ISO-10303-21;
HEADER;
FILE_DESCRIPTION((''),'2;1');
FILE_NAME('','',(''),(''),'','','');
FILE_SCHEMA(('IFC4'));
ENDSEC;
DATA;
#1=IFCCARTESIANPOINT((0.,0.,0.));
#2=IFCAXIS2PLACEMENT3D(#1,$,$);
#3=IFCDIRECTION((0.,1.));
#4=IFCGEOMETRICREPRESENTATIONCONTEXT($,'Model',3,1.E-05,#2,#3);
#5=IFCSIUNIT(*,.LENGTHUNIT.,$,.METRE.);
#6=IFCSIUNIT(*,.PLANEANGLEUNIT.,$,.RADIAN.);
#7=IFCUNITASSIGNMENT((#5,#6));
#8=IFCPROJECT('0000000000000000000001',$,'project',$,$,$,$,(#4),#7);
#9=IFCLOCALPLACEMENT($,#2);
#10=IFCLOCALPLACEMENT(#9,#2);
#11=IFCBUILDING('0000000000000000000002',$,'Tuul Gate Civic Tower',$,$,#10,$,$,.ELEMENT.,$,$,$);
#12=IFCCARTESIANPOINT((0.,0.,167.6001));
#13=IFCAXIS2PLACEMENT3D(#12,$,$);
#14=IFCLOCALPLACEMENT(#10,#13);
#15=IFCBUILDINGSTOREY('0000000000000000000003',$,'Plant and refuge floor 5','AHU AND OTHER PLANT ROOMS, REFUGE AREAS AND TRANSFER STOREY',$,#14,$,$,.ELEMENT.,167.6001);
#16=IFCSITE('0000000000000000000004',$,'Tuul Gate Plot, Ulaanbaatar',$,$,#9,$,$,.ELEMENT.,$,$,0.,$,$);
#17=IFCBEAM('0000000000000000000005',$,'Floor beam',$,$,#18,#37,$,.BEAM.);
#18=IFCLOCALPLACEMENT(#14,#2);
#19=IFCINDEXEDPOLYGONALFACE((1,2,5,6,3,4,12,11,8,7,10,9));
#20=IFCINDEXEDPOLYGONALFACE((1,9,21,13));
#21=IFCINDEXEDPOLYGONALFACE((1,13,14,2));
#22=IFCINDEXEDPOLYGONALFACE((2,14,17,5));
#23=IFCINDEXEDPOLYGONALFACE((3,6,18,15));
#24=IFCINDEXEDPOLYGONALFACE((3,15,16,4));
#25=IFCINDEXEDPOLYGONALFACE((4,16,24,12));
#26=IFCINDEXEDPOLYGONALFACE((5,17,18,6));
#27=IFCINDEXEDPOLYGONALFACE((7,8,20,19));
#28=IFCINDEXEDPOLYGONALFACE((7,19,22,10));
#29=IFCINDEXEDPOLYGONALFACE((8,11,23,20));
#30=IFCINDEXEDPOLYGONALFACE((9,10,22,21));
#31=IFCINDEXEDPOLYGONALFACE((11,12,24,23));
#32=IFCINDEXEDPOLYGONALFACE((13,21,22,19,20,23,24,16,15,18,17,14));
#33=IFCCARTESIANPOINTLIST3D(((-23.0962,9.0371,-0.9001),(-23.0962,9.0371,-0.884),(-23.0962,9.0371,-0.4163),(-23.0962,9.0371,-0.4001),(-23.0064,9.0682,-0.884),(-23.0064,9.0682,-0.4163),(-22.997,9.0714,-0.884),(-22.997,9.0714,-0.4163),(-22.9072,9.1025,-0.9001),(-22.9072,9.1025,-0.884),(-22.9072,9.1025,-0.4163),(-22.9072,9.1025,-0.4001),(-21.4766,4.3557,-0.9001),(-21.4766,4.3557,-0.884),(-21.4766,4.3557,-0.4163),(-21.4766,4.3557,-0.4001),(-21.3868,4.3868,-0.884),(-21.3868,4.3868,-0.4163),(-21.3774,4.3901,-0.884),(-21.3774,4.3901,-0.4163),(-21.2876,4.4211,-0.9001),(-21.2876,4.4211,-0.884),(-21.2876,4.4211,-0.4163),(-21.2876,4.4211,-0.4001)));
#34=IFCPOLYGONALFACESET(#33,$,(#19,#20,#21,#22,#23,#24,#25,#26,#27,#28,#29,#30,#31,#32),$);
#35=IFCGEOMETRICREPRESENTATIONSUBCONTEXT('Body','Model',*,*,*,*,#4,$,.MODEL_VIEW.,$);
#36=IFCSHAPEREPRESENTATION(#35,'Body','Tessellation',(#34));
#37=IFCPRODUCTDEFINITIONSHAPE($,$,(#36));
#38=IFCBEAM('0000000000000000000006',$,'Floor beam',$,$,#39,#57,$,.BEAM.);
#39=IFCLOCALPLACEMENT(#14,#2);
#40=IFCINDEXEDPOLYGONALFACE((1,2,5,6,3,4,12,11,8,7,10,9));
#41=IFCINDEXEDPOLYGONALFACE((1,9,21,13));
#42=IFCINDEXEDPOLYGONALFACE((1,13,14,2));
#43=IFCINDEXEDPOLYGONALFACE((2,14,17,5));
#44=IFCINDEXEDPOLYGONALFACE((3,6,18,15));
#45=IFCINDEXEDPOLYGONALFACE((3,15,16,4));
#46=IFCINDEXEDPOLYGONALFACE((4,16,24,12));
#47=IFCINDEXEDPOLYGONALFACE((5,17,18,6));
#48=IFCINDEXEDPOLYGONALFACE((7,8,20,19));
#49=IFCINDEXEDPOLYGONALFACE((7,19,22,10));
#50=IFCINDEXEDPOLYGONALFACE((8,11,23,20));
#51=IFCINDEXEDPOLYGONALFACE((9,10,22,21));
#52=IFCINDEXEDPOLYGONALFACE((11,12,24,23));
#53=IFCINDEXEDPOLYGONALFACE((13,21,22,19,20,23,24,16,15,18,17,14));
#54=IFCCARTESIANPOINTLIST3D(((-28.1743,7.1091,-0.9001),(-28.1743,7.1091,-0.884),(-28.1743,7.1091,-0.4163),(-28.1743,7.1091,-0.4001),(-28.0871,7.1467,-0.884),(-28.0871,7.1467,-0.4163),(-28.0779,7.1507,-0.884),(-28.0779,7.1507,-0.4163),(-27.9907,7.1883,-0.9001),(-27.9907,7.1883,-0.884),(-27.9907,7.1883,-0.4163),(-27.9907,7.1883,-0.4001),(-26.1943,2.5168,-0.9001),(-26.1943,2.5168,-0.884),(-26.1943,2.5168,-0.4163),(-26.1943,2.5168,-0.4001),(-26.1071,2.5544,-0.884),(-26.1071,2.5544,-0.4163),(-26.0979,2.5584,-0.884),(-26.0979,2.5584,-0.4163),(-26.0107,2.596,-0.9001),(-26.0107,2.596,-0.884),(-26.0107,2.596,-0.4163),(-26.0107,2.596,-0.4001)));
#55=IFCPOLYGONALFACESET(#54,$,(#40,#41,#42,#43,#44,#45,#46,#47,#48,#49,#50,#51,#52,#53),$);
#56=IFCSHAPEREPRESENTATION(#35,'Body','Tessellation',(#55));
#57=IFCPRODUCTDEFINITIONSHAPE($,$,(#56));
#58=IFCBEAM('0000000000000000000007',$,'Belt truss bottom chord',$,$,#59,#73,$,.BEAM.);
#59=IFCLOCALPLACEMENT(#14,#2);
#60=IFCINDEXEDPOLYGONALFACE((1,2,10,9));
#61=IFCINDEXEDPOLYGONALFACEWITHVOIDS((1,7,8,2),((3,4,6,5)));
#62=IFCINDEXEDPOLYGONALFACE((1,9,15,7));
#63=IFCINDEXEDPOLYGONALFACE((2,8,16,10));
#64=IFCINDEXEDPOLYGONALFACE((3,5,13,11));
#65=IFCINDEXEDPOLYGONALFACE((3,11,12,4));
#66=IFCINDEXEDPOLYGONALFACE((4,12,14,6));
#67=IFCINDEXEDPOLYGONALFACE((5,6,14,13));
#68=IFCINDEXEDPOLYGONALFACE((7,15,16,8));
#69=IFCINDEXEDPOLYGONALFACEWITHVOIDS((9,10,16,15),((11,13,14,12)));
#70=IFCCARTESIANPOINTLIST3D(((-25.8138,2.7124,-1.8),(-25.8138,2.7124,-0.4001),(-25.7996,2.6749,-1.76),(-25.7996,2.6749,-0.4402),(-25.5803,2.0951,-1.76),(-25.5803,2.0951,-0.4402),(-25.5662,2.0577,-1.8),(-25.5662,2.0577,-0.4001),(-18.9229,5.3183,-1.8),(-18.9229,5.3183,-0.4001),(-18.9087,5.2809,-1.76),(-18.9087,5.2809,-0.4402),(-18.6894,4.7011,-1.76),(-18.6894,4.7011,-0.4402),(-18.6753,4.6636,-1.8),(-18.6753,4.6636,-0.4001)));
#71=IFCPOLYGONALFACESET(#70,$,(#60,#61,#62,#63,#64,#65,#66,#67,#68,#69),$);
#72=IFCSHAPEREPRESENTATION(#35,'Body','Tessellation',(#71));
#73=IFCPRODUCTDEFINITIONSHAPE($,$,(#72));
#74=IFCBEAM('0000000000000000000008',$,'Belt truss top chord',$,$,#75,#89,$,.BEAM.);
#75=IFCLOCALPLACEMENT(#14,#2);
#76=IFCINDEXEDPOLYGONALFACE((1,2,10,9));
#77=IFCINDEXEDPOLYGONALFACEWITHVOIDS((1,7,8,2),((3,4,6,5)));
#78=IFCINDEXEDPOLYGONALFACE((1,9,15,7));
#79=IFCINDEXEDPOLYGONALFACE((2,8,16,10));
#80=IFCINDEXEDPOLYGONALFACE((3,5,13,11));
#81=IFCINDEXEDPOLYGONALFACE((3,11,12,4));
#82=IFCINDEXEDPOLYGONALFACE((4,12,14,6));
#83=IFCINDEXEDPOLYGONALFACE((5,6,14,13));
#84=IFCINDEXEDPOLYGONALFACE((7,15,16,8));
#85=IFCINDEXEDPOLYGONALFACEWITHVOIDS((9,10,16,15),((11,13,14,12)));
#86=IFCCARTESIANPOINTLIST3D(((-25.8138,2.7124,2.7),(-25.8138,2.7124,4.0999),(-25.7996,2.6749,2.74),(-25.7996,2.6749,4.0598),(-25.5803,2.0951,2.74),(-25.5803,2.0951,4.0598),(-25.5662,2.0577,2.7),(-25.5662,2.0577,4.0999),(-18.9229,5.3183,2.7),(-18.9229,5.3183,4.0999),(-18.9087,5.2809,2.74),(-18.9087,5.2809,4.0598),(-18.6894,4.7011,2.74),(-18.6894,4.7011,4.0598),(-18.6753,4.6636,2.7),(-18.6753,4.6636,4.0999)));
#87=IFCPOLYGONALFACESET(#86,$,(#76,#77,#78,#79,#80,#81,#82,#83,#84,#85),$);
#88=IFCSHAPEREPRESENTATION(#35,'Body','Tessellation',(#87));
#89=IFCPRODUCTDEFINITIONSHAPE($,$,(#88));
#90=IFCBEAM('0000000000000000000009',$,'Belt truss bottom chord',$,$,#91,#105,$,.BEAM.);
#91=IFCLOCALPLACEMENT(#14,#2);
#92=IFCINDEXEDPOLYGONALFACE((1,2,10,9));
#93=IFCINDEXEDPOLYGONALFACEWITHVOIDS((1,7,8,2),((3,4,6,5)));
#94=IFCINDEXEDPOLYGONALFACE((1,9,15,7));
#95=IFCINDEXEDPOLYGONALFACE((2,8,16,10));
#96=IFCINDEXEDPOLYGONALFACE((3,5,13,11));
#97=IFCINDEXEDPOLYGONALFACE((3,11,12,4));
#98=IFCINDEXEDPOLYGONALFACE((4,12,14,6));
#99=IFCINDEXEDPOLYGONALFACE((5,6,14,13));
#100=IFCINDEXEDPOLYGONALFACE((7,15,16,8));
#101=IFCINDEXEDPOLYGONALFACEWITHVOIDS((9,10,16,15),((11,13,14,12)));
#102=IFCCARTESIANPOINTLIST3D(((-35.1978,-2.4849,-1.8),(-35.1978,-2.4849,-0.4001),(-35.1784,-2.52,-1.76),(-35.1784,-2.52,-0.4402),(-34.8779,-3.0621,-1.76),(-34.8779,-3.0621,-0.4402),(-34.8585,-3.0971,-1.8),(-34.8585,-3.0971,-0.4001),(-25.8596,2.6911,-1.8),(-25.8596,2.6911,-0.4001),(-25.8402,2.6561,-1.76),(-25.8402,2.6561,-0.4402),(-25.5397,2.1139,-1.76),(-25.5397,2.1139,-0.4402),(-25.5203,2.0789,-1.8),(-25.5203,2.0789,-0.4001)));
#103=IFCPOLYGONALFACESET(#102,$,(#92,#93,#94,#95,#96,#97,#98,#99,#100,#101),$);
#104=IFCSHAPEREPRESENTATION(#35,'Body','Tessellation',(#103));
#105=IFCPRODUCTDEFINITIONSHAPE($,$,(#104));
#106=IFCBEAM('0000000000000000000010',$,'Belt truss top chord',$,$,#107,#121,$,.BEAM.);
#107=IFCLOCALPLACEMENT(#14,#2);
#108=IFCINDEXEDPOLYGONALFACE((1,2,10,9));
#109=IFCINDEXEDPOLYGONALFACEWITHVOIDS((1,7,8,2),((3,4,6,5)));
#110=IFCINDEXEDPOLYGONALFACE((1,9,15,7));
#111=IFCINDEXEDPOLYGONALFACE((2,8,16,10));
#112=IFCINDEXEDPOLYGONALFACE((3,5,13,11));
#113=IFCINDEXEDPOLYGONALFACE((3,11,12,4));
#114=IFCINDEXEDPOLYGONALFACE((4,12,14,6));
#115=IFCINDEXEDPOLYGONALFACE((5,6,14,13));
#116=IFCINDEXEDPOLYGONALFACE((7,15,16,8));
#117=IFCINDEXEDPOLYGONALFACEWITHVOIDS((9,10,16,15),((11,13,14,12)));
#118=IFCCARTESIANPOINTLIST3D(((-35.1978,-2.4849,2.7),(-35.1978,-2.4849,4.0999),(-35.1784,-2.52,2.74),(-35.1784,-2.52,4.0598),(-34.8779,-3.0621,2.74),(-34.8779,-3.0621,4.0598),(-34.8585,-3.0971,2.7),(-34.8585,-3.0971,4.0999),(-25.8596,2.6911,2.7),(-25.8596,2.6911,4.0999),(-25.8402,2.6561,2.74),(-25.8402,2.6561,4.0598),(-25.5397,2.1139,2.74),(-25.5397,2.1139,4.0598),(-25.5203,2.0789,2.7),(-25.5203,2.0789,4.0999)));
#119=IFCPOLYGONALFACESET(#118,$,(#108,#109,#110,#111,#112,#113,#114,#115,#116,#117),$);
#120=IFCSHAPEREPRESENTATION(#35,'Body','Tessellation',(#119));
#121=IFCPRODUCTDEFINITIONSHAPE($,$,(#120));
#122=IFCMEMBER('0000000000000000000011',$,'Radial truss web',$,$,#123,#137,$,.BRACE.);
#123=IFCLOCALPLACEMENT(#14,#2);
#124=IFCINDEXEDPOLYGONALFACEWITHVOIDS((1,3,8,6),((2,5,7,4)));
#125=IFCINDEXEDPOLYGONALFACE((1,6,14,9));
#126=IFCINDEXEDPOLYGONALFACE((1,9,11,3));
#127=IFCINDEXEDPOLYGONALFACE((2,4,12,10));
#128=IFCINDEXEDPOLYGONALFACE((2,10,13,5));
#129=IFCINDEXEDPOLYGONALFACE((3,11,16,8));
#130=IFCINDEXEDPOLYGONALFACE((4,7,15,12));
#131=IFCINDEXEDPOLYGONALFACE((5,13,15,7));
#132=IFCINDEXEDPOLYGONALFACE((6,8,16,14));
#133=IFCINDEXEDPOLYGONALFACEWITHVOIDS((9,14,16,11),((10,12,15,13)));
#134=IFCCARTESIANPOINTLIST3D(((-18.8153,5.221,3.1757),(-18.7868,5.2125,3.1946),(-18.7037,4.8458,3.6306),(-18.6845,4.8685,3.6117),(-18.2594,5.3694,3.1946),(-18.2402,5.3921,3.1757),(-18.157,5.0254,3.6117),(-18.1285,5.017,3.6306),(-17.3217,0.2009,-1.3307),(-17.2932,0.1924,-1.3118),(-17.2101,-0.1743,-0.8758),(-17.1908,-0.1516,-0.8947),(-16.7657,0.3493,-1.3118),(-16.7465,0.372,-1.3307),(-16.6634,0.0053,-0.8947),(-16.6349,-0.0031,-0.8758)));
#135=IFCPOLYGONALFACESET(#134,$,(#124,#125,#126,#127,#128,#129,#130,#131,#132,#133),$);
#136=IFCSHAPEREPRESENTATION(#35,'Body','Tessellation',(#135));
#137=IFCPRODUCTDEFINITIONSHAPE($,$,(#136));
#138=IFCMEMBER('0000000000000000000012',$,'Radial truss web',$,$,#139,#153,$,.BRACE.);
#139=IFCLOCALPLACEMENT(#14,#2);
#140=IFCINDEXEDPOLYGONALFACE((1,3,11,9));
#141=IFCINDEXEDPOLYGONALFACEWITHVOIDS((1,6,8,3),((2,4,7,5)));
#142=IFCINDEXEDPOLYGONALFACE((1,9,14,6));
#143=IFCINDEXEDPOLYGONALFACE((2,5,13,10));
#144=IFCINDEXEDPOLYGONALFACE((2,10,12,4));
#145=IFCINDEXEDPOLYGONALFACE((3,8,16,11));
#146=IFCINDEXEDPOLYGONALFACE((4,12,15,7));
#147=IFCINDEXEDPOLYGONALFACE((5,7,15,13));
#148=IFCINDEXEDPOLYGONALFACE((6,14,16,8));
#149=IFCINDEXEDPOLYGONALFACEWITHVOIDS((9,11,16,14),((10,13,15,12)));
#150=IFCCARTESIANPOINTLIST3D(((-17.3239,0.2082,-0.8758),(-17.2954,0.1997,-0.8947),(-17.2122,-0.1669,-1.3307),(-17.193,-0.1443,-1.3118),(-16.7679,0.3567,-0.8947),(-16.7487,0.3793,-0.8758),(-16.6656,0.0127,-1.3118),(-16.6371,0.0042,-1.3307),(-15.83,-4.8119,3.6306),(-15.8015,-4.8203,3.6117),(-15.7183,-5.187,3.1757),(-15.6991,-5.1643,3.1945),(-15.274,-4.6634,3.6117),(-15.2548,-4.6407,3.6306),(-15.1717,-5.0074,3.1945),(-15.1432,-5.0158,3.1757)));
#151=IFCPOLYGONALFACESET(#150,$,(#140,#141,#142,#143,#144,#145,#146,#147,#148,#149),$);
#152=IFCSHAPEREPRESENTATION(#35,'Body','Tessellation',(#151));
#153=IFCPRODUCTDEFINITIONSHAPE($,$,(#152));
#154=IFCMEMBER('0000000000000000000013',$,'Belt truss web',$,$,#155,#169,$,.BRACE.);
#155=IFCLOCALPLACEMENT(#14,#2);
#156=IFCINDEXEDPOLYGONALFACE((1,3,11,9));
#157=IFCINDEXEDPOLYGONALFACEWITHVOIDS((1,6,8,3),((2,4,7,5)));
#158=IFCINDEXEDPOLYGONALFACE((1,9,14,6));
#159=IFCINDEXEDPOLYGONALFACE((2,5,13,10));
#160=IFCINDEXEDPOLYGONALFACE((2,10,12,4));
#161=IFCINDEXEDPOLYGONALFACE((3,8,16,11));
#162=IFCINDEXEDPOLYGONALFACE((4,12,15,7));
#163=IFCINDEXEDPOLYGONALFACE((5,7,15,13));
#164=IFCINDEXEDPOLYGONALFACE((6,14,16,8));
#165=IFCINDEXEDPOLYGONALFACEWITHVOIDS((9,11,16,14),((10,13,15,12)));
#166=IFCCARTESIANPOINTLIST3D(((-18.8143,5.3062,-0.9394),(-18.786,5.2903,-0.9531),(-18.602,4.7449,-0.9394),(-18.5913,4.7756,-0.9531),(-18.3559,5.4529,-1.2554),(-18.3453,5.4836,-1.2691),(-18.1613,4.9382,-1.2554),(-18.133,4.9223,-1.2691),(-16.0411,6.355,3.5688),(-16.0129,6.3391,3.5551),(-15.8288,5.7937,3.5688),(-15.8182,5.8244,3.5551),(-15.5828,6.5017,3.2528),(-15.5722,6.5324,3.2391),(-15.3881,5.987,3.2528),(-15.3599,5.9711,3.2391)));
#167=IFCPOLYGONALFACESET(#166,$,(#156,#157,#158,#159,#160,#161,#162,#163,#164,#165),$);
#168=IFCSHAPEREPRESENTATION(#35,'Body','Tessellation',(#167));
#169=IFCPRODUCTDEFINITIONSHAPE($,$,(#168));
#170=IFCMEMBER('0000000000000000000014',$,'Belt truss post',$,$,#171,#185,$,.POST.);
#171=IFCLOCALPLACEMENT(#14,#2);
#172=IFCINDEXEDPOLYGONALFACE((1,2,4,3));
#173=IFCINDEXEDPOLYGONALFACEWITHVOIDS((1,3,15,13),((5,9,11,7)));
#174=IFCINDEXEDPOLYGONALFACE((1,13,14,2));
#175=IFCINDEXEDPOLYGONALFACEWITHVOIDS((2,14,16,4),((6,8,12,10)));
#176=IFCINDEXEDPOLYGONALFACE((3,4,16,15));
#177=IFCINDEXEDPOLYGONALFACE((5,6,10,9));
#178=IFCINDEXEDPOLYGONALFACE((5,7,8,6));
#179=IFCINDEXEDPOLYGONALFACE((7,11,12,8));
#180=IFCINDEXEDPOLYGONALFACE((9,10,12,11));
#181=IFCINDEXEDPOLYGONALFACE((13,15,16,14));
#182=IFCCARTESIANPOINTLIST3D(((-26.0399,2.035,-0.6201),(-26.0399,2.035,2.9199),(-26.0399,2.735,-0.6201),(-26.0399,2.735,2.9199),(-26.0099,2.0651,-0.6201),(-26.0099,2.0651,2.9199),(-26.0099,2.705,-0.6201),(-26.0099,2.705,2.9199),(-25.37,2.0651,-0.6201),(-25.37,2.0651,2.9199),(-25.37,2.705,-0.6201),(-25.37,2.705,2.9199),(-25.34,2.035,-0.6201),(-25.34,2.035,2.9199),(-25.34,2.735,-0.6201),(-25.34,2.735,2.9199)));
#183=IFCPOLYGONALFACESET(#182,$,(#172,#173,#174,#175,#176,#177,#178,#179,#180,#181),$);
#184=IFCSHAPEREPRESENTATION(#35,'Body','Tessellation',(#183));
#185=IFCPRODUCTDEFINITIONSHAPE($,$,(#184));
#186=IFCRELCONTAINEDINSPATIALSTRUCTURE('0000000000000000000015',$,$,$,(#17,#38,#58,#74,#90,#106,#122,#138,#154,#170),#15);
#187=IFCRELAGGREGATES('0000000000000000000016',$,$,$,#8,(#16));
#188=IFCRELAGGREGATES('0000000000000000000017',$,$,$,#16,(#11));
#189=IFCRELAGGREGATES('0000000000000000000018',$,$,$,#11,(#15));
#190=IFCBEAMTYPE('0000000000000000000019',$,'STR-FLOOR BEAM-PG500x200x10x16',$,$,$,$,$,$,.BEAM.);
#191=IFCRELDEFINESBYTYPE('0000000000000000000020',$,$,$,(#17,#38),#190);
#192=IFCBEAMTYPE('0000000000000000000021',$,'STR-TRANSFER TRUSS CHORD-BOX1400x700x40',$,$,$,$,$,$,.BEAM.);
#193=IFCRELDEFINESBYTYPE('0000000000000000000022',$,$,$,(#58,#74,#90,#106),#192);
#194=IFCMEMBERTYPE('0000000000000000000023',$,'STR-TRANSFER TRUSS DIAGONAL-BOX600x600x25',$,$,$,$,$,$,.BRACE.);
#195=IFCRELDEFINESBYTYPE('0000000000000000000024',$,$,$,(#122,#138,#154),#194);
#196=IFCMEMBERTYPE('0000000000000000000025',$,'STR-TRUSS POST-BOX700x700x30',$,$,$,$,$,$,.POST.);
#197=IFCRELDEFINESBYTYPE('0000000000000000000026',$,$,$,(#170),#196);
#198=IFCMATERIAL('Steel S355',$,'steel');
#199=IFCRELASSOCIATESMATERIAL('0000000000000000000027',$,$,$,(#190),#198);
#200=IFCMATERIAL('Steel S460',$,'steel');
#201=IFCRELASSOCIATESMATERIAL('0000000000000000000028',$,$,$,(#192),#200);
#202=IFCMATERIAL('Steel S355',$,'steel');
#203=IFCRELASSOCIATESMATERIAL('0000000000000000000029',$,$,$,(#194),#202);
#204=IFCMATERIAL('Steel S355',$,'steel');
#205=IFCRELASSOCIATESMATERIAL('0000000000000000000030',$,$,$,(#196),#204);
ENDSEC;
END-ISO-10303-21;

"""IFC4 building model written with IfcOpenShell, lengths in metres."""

from ifc_helpers import new_model, si_unit, direction, frame, origin, origin_2d, place, context, subcontext, project, spatial, hollow_rectangle, i_section, extrude, material, material_profile, profile_set, type_object, element, save


model = new_model("IFC4")

# Units and contexts
model_context = context("Model", 3, precision=1e-05, world=origin(), true_north=direction((0.0, 1.0)))
body_context = subcontext(model_context, "Body", "Model", "MODEL_VIEW")
ifc_project = project(units=[si_unit("LENGTHUNIT", "METRE"), si_unit("PLANEANGLEUNIT", "RADIAN")], contexts=[model_context])

# Site, building, storey
site_placement = place(None, origin())
site = spatial("IfcSite", under=ifc_project, at=site_placement, Name="Tuul Gate Plot, Ulaanbaatar", CompositionType="ELEMENT", RefElevation=0.0)
building_placement = place(site_placement, origin())
building = spatial("IfcBuilding", under=site, at=building_placement, Name="Tuul Gate Civic Tower", CompositionType="ELEMENT")
storey_placement = place(building_placement, frame((0.0, 0.0, 167.6001)))
storey = spatial("IfcBuildingStorey", under=building, at=storey_placement, Name="Plant and refuge floor 5", Description="AHU AND OTHER PLANT ROOMS, REFUGE AREAS AND TRANSFER STOREY", CompositionType="ELEMENT", Elevation=167.6001)

# Beams
ifc_material_1 = material(Name="Steel S355", Category="steel")
ifc_material_profile_1 = material_profile(ifc_material_1, i_section(OverallWidth=0.2, OverallDepth=0.5, WebThickness=0.01, FlangeThickness=0.0161, at=origin_2d()), Name="PG500x200x10x16")
ifc_profile_set_1 = profile_set([ifc_material_profile_1], Name="Steel S355")
beam_type_1 = type_object("IfcBeamType", Name="STR-FLOOR BEAM-PG500x200x10x16", PredefinedType="BEAM", material=ifc_profile_set_1)
beam_1_placement = place(storey_placement, frame((-21.3821, 4.3884, -0.6501), z_axis=(-0.326957, 0.945039, 0.0), x_axis=(-0.945039, -0.326957, 0.0)))
element("IfcBeam", 1, at=beam_1_placement, inside=storey, type_object=beam_type_1, Name="Floor beam", PredefinedType="BEAM", context=body_context, shape_type="SweptSolid", body=[
    extrude(i_section(OverallWidth=0.2, OverallDepth=0.5, WebThickness=0.01, FlangeThickness=0.0161, at=origin_2d()), origin(), (0.0, 0.0, 1.0), 4.9536),
])
beam_2_placement = place(storey_placement, frame((-26.1025, 2.5564, -0.6501), z_axis=(-0.395922, 0.918284, 0.0), x_axis=(-0.918284, -0.395922, 0.0)))
element("IfcBeam", 2, at=beam_2_placement, inside=storey, type_object=beam_type_1, Name="Floor beam", PredefinedType="BEAM", context=body_context, shape_type="SweptSolid", body=[
    extrude(i_section(OverallWidth=0.2, OverallDepth=0.5, WebThickness=0.01, FlangeThickness=0.0161, at=origin_2d()), origin(), (0.0, 0.0, 1.0), 5.001),
])
ifc_material_2 = material(Name="Steel S460", Category="steel")
ifc_material_profile_2 = material_profile(ifc_material_2, hollow_rectangle(XDim=0.7, YDim=1.3999, WallThickness=0.04, at=origin_2d()), Name="BOX1400x700x40")
ifc_profile_set_2 = profile_set([ifc_material_profile_2], Name="Steel S460")
beam_type_2 = type_object("IfcBeamType", Name="STR-TRANSFER TRUSS CHORD-BOX1400x700x40", PredefinedType="BEAM", material=ifc_profile_set_2)
for number, where, z_axis, x_axis, name in (
    (3, (-18.7991, 4.991, -1.1001), (-0.935349, -0.353726, 0.0), (0.353726, -0.935349, 0.0), "Belt truss bottom chord"),
    (4, (-18.7991, 4.991, 3.3999), (-0.935349, -0.353726, 0.0), (0.353726, -0.935349, 0.0), "Belt truss top chord"),
):
    element("IfcBeam", number, at=place(storey_placement, frame(where, z_axis=z_axis, x_axis=x_axis)), inside=storey, type_object=beam_type_2, Name=name, PredefinedType="BEAM", context=body_context, shape_type="SweptSolid", body=[
        extrude(hollow_rectangle(XDim=0.7, YDim=1.3999, WallThickness=0.04, at=origin_2d()), origin(), (0.0, 0.0, 1.0), 7.3672),
    ])
for number, where, z_axis, x_axis, name in (
    (5, (-25.6899, 2.385, -1.1001), (-0.874627, -0.484796, 0.0), (0.484796, -0.874627, 0.0), "Belt truss bottom chord"),
    (6, (-25.6899, 2.385, 3.3999), (-0.874627, -0.484796, 0.0), (0.484796, -0.874627, 0.0), "Belt truss top chord"),
):
    element("IfcBeam", number, at=place(storey_placement, frame(where, z_axis=z_axis, x_axis=x_axis)), inside=storey, type_object=beam_type_2, Name=name, PredefinedType="BEAM", context=body_context, shape_type="SweptSolid", body=[
        extrude(hollow_rectangle(XDim=0.7, YDim=1.3999, WallThickness=0.04, at=origin_2d()), origin(), (0.0, 0.0, 1.0), 10.6768),
    ])

# Members
ifc_material_3 = material(Name="Steel S355", Category="steel")
ifc_material_profile_3 = material_profile(ifc_material_3, hollow_rectangle(XDim=0.6001, YDim=0.6001, WallThickness=0.0249, at=origin_2d()), Name="BOX600x600x25")
ifc_profile_set_3 = profile_set([ifc_material_profile_3], Name="Steel S355")
member_type_1 = type_object("IfcMemberType", Name="STR-TRANSFER TRUSS DIAGONAL-BOX600x600x25", PredefinedType="BRACE", material=ifc_profile_set_3)
for number, where, z_axis, x_axis, name in (
    (7, (-16.9783, 0.0989, -1.1033), (-0.216179, 0.726557, 0.652212), (-0.958473, -0.285183, 0.0), "Radial truss web"),
    (8, (-16.9805, 0.1062, -1.1033), (0.216213, -0.726552, 0.652208), (0.95846, 0.285226, 0.0), "Radial truss web"),
):
    element("IfcMember", number, at=place(storey_placement, frame(where, z_axis=z_axis, x_axis=x_axis)), inside=storey, type_object=member_type_1, Name=name, PredefinedType="BRACE", context=body_context, shape_type="SweptSolid", body=[
        extrude(hollow_rectangle(XDim=0.6001, YDim=0.6001, WallThickness=0.0249, at=origin_2d()), origin(), (0.0, 0.0, 1.0), 6.9094),
    ])
member_1_placement = place(storey_placement, frame((-18.4736, 5.1143, -1.1042), z_axis=(0.513947, 0.194376, 0.835509), x_axis=(-0.353748, 0.935341, 0.0)))
element("IfcMember", 9, at=member_1_placement, inside=storey, type_object=member_type_1, Name="Belt truss web", PredefinedType="BRACE", context=body_context, shape_type="SweptSolid", body=[
    extrude(hollow_rectangle(XDim=0.6001, YDim=0.6001, WallThickness=0.0249, at=origin_2d()), origin(), (0.0, 0.0, 1.0), 5.3958),
])
ifc_material_4 = material(Name="Steel S355", Category="steel")
ifc_material_profile_4 = material_profile(ifc_material_4, hollow_rectangle(XDim=0.7, YDim=0.7, WallThickness=0.03, at=origin_2d()), Name="BOX700x700x30")
ifc_profile_set_4 = profile_set([ifc_material_profile_4], Name="Steel S355")
member_type_2 = type_object("IfcMemberType", Name="STR-TRUSS POST-BOX700x700x30", PredefinedType="POST", material=ifc_profile_set_4)
member_2_placement = place(storey_placement, frame((-25.6899, 2.385, -0.6201), z_axis=(0.0, 0.0, 1.0), x_axis=(1.0, 0.0, 0.0)))
element("IfcMember", 10, at=member_2_placement, inside=storey, type_object=member_type_2, Name="Belt truss post", PredefinedType="POST", context=body_context, shape_type="SweptSolid", body=[
    extrude(hollow_rectangle(XDim=0.7, YDim=0.7, WallThickness=0.03, at=origin_2d()), origin(), (0.0, 0.0, 1.0), 3.54),
])

save(model, "model.ifc")
